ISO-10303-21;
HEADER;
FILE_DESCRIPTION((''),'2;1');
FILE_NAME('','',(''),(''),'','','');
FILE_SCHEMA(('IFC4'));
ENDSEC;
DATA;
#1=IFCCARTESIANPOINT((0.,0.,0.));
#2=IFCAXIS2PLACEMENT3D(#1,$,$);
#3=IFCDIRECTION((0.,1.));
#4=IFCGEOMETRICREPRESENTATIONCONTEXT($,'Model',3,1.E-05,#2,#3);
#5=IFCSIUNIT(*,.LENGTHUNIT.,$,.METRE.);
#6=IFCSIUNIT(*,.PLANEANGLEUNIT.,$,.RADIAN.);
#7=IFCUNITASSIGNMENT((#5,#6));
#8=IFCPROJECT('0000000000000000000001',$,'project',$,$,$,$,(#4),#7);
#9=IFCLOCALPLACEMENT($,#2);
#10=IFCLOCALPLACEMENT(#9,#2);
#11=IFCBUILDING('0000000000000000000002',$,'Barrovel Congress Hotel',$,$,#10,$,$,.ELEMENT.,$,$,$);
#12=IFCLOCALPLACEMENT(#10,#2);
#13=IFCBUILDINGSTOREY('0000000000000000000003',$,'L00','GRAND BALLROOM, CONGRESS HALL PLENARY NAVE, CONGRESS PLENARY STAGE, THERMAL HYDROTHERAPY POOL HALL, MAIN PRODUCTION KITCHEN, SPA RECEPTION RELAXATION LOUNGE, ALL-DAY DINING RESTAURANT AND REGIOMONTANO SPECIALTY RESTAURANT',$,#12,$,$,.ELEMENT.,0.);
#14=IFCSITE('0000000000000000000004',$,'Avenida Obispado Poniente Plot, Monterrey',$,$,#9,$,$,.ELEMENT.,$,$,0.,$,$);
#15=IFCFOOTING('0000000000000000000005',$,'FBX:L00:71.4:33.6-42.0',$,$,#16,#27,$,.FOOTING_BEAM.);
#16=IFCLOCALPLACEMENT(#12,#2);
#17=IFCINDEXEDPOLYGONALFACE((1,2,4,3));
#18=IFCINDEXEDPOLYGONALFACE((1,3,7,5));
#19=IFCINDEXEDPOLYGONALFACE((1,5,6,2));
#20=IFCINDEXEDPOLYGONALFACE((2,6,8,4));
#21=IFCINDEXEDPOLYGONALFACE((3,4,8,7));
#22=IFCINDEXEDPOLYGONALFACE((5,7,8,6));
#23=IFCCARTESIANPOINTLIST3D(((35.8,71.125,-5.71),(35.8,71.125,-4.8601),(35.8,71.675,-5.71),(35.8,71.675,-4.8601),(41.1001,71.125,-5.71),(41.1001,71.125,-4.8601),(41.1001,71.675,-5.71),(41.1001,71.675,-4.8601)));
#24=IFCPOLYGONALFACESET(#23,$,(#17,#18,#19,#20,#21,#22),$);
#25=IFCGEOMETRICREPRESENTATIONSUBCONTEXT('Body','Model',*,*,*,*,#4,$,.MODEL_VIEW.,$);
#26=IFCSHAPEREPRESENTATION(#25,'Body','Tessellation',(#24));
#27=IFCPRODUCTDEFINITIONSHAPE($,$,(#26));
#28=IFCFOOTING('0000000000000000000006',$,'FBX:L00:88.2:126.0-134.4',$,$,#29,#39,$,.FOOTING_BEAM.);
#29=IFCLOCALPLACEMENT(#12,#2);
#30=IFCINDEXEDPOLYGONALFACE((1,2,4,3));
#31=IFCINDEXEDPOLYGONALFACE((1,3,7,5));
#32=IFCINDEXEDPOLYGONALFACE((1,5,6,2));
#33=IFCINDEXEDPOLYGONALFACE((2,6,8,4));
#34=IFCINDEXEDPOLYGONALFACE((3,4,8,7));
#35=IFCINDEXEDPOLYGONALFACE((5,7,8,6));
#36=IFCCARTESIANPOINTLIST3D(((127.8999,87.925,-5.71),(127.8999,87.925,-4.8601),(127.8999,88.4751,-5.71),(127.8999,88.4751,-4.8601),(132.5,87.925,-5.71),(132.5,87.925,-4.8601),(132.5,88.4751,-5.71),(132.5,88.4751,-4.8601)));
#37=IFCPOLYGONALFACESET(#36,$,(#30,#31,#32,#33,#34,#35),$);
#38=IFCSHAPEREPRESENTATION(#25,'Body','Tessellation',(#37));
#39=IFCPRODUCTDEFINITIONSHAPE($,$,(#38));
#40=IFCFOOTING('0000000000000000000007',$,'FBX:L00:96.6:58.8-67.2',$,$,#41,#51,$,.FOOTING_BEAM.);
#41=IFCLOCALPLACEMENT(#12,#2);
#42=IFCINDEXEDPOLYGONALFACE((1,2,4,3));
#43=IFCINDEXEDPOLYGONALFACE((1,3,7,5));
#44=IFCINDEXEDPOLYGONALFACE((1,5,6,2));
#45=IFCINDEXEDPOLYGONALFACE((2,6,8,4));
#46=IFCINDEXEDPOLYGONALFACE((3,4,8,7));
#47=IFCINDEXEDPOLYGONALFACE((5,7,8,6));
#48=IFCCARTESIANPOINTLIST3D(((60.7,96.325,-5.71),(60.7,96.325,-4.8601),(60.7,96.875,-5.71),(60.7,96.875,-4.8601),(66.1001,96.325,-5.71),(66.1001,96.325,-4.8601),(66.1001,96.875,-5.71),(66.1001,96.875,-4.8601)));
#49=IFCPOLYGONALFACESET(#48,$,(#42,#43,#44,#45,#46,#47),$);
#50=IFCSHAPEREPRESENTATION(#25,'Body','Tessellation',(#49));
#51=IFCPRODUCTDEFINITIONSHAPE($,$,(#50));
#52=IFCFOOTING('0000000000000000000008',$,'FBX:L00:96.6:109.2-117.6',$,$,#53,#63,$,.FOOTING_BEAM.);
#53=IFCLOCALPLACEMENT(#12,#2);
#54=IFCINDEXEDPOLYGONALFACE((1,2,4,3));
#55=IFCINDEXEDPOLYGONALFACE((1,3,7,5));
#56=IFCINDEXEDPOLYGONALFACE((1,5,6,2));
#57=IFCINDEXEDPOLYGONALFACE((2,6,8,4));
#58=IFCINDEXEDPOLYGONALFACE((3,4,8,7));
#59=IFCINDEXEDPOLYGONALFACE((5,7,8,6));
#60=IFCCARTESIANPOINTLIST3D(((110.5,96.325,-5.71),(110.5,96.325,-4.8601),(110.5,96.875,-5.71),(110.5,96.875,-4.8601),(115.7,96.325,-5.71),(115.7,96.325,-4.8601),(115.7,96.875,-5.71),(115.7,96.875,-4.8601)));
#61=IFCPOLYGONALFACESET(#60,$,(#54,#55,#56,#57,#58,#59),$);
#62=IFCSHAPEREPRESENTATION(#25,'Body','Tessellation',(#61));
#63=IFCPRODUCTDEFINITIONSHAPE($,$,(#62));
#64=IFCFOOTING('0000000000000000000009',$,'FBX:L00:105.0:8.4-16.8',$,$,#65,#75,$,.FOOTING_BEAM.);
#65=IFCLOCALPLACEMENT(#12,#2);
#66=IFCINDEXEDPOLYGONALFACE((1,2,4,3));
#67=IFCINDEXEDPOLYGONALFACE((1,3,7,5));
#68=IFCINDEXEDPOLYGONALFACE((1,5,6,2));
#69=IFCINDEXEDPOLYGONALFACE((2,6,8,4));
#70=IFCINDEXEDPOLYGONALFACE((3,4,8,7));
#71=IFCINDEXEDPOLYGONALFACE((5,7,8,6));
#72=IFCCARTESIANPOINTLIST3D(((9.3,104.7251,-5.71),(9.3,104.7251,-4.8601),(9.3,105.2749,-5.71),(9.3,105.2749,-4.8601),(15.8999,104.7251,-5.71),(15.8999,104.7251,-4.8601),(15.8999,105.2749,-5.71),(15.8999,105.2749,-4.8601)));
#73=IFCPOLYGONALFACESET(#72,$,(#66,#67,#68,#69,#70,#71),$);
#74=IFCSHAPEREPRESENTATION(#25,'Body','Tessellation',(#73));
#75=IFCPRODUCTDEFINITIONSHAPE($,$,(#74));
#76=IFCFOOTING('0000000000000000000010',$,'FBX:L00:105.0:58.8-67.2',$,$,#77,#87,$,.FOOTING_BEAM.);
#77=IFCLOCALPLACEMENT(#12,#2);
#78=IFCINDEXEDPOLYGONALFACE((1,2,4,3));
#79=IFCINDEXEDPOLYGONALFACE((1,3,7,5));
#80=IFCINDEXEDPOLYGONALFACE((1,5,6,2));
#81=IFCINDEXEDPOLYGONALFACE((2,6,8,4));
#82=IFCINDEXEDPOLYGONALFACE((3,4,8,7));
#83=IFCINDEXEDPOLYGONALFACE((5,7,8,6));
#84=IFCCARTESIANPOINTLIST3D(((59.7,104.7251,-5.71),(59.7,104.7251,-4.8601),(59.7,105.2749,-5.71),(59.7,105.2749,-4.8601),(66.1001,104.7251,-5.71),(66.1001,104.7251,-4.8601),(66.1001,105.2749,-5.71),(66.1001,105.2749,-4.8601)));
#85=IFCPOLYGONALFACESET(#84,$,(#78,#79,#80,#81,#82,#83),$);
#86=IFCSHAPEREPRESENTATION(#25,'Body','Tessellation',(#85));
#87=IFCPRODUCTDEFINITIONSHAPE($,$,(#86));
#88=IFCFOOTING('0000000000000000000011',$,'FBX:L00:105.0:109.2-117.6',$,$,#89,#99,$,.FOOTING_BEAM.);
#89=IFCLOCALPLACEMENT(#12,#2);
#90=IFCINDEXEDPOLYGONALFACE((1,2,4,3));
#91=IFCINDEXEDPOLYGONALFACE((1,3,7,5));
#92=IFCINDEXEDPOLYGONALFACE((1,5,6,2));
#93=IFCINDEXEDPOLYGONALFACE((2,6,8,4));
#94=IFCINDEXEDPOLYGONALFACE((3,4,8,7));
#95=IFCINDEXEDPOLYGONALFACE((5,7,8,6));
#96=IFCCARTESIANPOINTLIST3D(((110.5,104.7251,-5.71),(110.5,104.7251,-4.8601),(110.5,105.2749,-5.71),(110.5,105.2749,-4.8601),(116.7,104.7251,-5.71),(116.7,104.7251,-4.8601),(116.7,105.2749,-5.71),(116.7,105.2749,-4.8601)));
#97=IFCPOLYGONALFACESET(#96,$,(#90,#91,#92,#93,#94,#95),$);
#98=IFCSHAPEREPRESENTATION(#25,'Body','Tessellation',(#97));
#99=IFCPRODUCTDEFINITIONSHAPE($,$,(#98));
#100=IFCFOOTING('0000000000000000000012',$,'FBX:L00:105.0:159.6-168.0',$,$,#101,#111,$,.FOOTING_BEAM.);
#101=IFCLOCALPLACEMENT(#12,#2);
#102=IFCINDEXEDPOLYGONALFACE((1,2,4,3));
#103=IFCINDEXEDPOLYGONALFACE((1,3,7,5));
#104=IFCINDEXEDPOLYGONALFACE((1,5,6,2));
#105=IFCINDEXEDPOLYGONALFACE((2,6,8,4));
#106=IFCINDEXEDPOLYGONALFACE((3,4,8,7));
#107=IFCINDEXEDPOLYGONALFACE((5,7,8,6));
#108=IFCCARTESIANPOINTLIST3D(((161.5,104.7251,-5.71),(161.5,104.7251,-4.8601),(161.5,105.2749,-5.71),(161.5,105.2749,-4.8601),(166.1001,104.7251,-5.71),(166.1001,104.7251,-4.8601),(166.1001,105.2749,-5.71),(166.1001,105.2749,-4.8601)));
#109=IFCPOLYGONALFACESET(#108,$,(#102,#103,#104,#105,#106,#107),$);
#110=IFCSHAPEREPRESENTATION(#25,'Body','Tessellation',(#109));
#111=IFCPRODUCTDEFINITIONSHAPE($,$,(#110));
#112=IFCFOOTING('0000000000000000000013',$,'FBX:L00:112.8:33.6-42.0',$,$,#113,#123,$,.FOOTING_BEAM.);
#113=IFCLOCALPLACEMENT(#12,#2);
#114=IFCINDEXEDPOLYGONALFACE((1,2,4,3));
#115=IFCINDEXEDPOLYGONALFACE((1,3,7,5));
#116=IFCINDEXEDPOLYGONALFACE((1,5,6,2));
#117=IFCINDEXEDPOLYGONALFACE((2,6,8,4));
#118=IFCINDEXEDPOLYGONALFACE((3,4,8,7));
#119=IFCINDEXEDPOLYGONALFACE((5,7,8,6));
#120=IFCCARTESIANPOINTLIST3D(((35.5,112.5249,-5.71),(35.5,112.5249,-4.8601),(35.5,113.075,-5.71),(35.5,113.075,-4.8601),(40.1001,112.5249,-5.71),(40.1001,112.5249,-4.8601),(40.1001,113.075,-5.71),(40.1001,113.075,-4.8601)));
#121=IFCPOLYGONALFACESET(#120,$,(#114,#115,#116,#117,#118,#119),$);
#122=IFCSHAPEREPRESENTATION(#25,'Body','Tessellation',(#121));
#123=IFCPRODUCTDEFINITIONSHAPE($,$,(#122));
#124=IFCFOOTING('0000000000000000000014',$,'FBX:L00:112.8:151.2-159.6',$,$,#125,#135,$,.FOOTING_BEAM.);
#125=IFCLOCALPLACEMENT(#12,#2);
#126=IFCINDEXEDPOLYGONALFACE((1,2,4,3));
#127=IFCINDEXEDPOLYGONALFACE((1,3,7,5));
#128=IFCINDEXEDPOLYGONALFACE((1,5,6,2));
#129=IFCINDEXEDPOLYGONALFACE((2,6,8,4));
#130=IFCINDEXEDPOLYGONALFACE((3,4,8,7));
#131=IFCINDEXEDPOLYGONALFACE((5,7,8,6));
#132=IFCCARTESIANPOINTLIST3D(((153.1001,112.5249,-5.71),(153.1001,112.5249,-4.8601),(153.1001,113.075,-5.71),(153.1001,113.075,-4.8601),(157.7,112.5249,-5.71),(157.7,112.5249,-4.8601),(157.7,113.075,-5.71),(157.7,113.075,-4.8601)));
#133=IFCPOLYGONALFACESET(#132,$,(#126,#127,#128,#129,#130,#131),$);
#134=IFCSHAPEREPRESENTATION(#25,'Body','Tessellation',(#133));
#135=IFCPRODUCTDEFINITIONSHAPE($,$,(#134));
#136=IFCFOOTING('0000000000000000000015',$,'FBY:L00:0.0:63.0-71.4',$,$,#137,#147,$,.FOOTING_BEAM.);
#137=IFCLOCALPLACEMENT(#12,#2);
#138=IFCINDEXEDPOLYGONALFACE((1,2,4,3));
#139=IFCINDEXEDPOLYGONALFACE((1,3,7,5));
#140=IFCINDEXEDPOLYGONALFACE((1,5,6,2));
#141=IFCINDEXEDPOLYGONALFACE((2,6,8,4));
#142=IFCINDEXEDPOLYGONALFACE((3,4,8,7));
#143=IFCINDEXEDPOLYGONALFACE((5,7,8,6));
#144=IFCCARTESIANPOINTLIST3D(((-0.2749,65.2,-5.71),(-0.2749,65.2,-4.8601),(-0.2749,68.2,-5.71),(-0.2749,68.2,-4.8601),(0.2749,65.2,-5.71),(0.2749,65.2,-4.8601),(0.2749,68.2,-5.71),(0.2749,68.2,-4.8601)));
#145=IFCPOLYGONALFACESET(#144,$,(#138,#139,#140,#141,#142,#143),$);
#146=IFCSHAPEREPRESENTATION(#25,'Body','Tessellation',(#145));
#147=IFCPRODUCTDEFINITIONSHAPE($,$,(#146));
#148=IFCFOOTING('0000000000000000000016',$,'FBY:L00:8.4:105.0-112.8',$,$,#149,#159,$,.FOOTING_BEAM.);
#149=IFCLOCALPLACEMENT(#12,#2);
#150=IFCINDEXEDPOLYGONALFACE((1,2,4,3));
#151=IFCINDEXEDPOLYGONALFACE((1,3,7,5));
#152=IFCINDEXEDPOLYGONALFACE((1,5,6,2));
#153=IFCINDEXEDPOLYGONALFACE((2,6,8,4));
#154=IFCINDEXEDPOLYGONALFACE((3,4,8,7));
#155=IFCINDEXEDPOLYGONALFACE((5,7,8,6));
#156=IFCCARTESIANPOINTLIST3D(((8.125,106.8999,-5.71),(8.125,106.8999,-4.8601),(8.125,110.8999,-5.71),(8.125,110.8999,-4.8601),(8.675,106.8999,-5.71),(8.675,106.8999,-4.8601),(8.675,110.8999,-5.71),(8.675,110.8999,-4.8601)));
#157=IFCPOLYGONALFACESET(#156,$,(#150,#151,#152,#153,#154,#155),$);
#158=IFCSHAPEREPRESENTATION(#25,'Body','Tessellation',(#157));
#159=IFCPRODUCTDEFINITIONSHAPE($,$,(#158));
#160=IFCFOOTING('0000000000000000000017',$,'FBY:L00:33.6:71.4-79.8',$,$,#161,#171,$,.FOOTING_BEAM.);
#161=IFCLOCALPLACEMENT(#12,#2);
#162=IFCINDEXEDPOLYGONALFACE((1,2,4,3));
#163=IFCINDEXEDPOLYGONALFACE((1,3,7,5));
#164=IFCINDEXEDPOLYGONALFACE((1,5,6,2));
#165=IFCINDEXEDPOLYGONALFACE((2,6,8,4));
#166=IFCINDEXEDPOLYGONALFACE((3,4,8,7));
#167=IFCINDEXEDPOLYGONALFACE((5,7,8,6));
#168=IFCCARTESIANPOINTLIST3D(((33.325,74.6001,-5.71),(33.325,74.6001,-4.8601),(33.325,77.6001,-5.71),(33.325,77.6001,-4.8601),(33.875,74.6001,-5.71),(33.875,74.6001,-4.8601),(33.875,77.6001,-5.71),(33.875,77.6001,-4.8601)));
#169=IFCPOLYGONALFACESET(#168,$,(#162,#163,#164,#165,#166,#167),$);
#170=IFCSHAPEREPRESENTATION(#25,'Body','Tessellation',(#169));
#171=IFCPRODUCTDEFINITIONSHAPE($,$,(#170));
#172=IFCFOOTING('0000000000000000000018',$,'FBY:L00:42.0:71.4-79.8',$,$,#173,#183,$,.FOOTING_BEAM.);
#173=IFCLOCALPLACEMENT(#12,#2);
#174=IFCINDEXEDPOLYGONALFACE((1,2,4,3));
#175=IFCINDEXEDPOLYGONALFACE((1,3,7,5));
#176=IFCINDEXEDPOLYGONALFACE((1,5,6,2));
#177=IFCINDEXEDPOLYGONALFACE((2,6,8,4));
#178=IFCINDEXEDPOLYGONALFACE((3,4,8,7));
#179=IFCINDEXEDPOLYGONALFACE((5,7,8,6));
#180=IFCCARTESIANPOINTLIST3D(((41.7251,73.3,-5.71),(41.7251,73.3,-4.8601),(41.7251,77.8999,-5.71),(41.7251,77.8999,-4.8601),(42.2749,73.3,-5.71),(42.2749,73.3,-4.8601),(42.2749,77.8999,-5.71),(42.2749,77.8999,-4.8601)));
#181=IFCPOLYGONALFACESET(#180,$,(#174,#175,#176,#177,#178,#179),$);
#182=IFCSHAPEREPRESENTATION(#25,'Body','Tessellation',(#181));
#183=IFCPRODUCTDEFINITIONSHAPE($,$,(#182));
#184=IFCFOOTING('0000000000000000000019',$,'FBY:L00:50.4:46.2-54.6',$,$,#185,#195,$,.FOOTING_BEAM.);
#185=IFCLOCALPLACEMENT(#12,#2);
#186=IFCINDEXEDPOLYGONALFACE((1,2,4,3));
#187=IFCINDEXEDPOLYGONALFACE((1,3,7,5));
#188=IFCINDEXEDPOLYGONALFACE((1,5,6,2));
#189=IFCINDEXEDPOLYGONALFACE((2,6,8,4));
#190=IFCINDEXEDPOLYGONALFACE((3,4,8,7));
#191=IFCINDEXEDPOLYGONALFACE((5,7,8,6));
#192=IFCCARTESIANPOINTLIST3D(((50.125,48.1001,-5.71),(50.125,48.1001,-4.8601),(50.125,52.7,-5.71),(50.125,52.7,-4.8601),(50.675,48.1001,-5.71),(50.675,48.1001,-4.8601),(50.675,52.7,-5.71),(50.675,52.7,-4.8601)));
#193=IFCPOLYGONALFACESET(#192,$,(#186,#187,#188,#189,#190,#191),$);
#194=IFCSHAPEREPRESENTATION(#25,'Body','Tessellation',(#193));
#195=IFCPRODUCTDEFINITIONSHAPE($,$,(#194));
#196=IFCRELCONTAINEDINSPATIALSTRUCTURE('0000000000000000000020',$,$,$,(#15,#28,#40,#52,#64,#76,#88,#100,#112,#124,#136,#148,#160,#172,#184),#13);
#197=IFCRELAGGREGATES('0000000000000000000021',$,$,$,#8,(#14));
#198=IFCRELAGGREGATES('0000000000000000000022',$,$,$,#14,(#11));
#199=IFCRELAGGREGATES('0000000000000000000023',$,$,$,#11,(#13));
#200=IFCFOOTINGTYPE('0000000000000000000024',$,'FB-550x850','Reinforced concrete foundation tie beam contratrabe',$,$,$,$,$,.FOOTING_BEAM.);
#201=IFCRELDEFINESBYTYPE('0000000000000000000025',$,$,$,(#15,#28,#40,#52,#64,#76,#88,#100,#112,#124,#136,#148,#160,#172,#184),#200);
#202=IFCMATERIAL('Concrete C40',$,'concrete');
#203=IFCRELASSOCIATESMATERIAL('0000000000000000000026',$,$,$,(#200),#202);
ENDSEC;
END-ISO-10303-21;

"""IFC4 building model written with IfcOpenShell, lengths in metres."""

from ifc_helpers import new_model, si_unit, direction, frame, origin, place, context, subcontext, project, spatial, polyline, outline, extrude, material, type_object, element, save


model = new_model("IFC4")

# Units and contexts
model_context = context("Model", 3, precision=1e-05, world=origin(), true_north=direction((0.0, 1.0)))
body_context = subcontext(model_context, "Body", "Model", "MODEL_VIEW")
ifc_project = project(units=[si_unit("LENGTHUNIT", "METRE"), si_unit("PLANEANGLEUNIT", "RADIAN")], contexts=[model_context])

# Site, building, storey
site_placement = place(None, origin())
site = spatial("IfcSite", under=ifc_project, at=site_placement, Name="Avenida Obispado Poniente Plot, Monterrey", CompositionType="ELEMENT", RefElevation=0.0)
building_placement = place(site_placement, origin())
building = spatial("IfcBuilding", under=site, at=building_placement, Name="Barrovel Congress Hotel", CompositionType="ELEMENT")
storey_placement = place(building_placement, origin())
storey = spatial("IfcBuildingStorey", under=building, at=storey_placement, Name="L00", Description="GRAND BALLROOM, CONGRESS HALL PLENARY NAVE, CONGRESS PLENARY STAGE, THERMAL HYDROTHERAPY POOL HALL, MAIN PRODUCTION KITCHEN, SPA RECEPTION RELAXATION LOUNGE, ALL-DAY DINING RESTAURANT AND REGIOMONTANO SPECIALTY RESTAURANT", CompositionType="ELEMENT", Elevation=0.0)

# Footings
ifc_material = material(Name="Concrete C40", Category="concrete")
footing_type_1 = type_object("IfcFootingType", Name="FB-550x850", Description="Reinforced concrete foundation tie beam contratrabe", PredefinedType="FOOTING_BEAM", material=ifc_material)
footing_1_placement = place(storey_placement, frame((0.0, 0.0, -5.71)))
element("IfcFooting", 1, at=footing_1_placement, inside=storey, type_object=footing_type_1, Name="FBX:L00:71.4:33.6-42.0", PredefinedType="FOOTING_BEAM", context=body_context, shape_type="SweptSolid", body=[
    extrude(outline(polyline([(35.8, 71.125), (41.1001, 71.125), (41.1001, 71.675), (35.8, 71.675), (35.8, 71.125)])), origin(), (0.0, 0.0, 1.0), 0.8499),
])
footing_2_placement = place(storey_placement, frame((0.0, 0.0, -5.71)))
element("IfcFooting", 2, at=footing_2_placement, inside=storey, type_object=footing_type_1, Name="FBX:L00:88.2:126.0-134.4", PredefinedType="FOOTING_BEAM", context=body_context, shape_type="SweptSolid", body=[
    extrude(outline(polyline([(127.8999, 87.925), (132.5, 87.925), (132.5, 88.4751), (127.8999, 88.4751), (127.8999, 87.925)])), origin(), (0.0, 0.0, 1.0), 0.8499),
])
footing_3_placement = place(storey_placement, frame((0.0, 0.0, -5.71)))
element("IfcFooting", 3, at=footing_3_placement, inside=storey, type_object=footing_type_1, Name="FBX:L00:96.6:58.8-67.2", PredefinedType="FOOTING_BEAM", context=body_context, shape_type="SweptSolid", body=[
    extrude(outline(polyline([(60.7, 96.325), (66.1001, 96.325), (66.1001, 96.875), (60.7, 96.875), (60.7, 96.325)])), origin(), (0.0, 0.0, 1.0), 0.8499),
])
footing_4_placement = place(storey_placement, frame((0.0, 0.0, -5.71)))
element("IfcFooting", 4, at=footing_4_placement, inside=storey, type_object=footing_type_1, Name="FBX:L00:96.6:109.2-117.6", PredefinedType="FOOTING_BEAM", context=body_context, shape_type="SweptSolid", body=[
    extrude(outline(polyline([(110.5, 96.325), (115.7, 96.325), (115.7, 96.875), (110.5, 96.875), (110.5, 96.325)])), origin(), (0.0, 0.0, 1.0), 0.8499),
])
footing_5_placement = place(storey_placement, frame((0.0, 0.0, -5.71)))
element("IfcFooting", 5, at=footing_5_placement, inside=storey, type_object=footing_type_1, Name="FBX:L00:105.0:8.4-16.8", PredefinedType="FOOTING_BEAM", context=body_context, shape_type="SweptSolid", body=[
    extrude(outline(polyline([(9.3, 104.7251), (15.8999, 104.7251), (15.8999, 105.2749), (9.3, 105.2749), (9.3, 104.7251)])), origin(), (0.0, 0.0, 1.0), 0.8499),
])
footing_6_placement = place(storey_placement, frame((0.0, 0.0, -5.71)))
element("IfcFooting", 6, at=footing_6_placement, inside=storey, type_object=footing_type_1, Name="FBX:L00:105.0:58.8-67.2", PredefinedType="FOOTING_BEAM", context=body_context, shape_type="SweptSolid", body=[
    extrude(outline(polyline([(59.7, 104.7251), (66.1001, 104.7251), (66.1001, 105.2749), (59.7, 105.2749), (59.7, 104.7251)])), origin(), (0.0, 0.0, 1.0), 0.8499),
])
footing_7_placement = place(storey_placement, frame((0.0, 0.0, -5.71)))
element("IfcFooting", 7, at=footing_7_placement, inside=storey, type_object=footing_type_1, Name="FBX:L00:105.0:109.2-117.6", PredefinedType="FOOTING_BEAM", context=body_context, shape_type="SweptSolid", body=[
    extrude(outline(polyline([(110.5, 104.7251), (116.7, 104.7251), (116.7, 105.2749), (110.5, 105.2749), (110.5, 104.7251)])), origin(), (0.0, 0.0, 1.0), 0.8499),
])
footing_8_placement = place(storey_placement, frame((0.0, 0.0, -5.71)))
element("IfcFooting", 8, at=footing_8_placement, inside=storey, type_object=footing_type_1, Name="FBX:L00:105.0:159.6-168.0", PredefinedType="FOOTING_BEAM", context=body_context, shape_type="SweptSolid", body=[
    extrude(outline(polyline([(161.5, 104.7251), (166.1001, 104.7251), (166.1001, 105.2749), (161.5, 105.2749), (161.5, 104.7251)])), origin(), (0.0, 0.0, 1.0), 0.8499),
])
footing_9_placement = place(storey_placement, frame((0.0, 0.0, -5.71)))
element("IfcFooting", 9, at=footing_9_placement, inside=storey, type_object=footing_type_1, Name="FBX:L00:112.8:33.6-42.0", PredefinedType="FOOTING_BEAM", context=body_context, shape_type="SweptSolid", body=[
    extrude(outline(polyline([(35.5, 112.5249), (40.1001, 112.5249), (40.1001, 113.075), (35.5, 113.075), (35.5, 112.5249)])), origin(), (0.0, 0.0, 1.0), 0.8499),
])
footing_10_placement = place(storey_placement, frame((0.0, 0.0, -5.71)))
element("IfcFooting", 10, at=footing_10_placement, inside=storey, type_object=footing_type_1, Name="FBX:L00:112.8:151.2-159.6", PredefinedType="FOOTING_BEAM", context=body_context, shape_type="SweptSolid", body=[
    extrude(outline(polyline([(153.1001, 112.5249), (157.7, 112.5249), (157.7, 113.075), (153.1001, 113.075), (153.1001, 112.5249)])), origin(), (0.0, 0.0, 1.0), 0.8499),
])
footing_11_placement = place(storey_placement, frame((0.0, 0.0, -5.71)))
element("IfcFooting", 11, at=footing_11_placement, inside=storey, type_object=footing_type_1, Name="FBY:L00:0.0:63.0-71.4", PredefinedType="FOOTING_BEAM", context=body_context, shape_type="SweptSolid", body=[
    extrude(outline(polyline([(-0.2749, 65.2), (0.2749, 65.2), (0.2749, 68.2), (-0.2749, 68.2), (-0.2749, 65.2)])), origin(), (0.0, 0.0, 1.0), 0.8499),
])
footing_12_placement = place(storey_placement, frame((0.0, 0.0, -5.71)))
element("IfcFooting", 12, at=footing_12_placement, inside=storey, type_object=footing_type_1, Name="FBY:L00:8.4:105.0-112.8", PredefinedType="FOOTING_BEAM", context=body_context, shape_type="SweptSolid", body=[
    extrude(outline(polyline([(8.125, 106.8999), (8.675, 106.8999), (8.675, 110.8999), (8.125, 110.8999), (8.125, 106.8999)])), origin(), (0.0, 0.0, 1.0), 0.8499),
])
footing_13_placement = place(storey_placement, frame((0.0, 0.0, -5.71)))
element("IfcFooting", 13, at=footing_13_placement, inside=storey, type_object=footing_type_1, Name="FBY:L00:33.6:71.4-79.8", PredefinedType="FOOTING_BEAM", context=body_context, shape_type="SweptSolid", body=[
    extrude(outline(polyline([(33.325, 74.6001), (33.875, 74.6001), (33.875, 77.6001), (33.325, 77.6001), (33.325, 74.6001)])), origin(), (0.0, 0.0, 1.0), 0.8499),
])
footing_14_placement = place(storey_placement, frame((0.0, 0.0, -5.71)))
element("IfcFooting", 14, at=footing_14_placement, inside=storey, type_object=footing_type_1, Name="FBY:L00:42.0:71.4-79.8", PredefinedType="FOOTING_BEAM", context=body_context, shape_type="SweptSolid", body=[
    extrude(outline(polyline([(41.7251, 73.3), (42.2749, 73.3), (42.2749, 77.8999), (41.7251, 77.8999), (41.7251, 73.3)])), origin(), (0.0, 0.0, 1.0), 0.8499),
])
footing_15_placement = place(storey_placement, frame((0.0, 0.0, -5.71)))
element("IfcFooting", 15, at=footing_15_placement, inside=storey, type_object=footing_type_1, Name="FBY:L00:50.4:46.2-54.6", PredefinedType="FOOTING_BEAM", context=body_context, shape_type="SweptSolid", body=[
    extrude(outline(polyline([(50.125, 48.1001), (50.675, 48.1001), (50.675, 52.7), (50.125, 52.7), (50.125, 48.1001)])), origin(), (0.0, 0.0, 1.0), 0.8499),
])

save(model, "model.ifc")
